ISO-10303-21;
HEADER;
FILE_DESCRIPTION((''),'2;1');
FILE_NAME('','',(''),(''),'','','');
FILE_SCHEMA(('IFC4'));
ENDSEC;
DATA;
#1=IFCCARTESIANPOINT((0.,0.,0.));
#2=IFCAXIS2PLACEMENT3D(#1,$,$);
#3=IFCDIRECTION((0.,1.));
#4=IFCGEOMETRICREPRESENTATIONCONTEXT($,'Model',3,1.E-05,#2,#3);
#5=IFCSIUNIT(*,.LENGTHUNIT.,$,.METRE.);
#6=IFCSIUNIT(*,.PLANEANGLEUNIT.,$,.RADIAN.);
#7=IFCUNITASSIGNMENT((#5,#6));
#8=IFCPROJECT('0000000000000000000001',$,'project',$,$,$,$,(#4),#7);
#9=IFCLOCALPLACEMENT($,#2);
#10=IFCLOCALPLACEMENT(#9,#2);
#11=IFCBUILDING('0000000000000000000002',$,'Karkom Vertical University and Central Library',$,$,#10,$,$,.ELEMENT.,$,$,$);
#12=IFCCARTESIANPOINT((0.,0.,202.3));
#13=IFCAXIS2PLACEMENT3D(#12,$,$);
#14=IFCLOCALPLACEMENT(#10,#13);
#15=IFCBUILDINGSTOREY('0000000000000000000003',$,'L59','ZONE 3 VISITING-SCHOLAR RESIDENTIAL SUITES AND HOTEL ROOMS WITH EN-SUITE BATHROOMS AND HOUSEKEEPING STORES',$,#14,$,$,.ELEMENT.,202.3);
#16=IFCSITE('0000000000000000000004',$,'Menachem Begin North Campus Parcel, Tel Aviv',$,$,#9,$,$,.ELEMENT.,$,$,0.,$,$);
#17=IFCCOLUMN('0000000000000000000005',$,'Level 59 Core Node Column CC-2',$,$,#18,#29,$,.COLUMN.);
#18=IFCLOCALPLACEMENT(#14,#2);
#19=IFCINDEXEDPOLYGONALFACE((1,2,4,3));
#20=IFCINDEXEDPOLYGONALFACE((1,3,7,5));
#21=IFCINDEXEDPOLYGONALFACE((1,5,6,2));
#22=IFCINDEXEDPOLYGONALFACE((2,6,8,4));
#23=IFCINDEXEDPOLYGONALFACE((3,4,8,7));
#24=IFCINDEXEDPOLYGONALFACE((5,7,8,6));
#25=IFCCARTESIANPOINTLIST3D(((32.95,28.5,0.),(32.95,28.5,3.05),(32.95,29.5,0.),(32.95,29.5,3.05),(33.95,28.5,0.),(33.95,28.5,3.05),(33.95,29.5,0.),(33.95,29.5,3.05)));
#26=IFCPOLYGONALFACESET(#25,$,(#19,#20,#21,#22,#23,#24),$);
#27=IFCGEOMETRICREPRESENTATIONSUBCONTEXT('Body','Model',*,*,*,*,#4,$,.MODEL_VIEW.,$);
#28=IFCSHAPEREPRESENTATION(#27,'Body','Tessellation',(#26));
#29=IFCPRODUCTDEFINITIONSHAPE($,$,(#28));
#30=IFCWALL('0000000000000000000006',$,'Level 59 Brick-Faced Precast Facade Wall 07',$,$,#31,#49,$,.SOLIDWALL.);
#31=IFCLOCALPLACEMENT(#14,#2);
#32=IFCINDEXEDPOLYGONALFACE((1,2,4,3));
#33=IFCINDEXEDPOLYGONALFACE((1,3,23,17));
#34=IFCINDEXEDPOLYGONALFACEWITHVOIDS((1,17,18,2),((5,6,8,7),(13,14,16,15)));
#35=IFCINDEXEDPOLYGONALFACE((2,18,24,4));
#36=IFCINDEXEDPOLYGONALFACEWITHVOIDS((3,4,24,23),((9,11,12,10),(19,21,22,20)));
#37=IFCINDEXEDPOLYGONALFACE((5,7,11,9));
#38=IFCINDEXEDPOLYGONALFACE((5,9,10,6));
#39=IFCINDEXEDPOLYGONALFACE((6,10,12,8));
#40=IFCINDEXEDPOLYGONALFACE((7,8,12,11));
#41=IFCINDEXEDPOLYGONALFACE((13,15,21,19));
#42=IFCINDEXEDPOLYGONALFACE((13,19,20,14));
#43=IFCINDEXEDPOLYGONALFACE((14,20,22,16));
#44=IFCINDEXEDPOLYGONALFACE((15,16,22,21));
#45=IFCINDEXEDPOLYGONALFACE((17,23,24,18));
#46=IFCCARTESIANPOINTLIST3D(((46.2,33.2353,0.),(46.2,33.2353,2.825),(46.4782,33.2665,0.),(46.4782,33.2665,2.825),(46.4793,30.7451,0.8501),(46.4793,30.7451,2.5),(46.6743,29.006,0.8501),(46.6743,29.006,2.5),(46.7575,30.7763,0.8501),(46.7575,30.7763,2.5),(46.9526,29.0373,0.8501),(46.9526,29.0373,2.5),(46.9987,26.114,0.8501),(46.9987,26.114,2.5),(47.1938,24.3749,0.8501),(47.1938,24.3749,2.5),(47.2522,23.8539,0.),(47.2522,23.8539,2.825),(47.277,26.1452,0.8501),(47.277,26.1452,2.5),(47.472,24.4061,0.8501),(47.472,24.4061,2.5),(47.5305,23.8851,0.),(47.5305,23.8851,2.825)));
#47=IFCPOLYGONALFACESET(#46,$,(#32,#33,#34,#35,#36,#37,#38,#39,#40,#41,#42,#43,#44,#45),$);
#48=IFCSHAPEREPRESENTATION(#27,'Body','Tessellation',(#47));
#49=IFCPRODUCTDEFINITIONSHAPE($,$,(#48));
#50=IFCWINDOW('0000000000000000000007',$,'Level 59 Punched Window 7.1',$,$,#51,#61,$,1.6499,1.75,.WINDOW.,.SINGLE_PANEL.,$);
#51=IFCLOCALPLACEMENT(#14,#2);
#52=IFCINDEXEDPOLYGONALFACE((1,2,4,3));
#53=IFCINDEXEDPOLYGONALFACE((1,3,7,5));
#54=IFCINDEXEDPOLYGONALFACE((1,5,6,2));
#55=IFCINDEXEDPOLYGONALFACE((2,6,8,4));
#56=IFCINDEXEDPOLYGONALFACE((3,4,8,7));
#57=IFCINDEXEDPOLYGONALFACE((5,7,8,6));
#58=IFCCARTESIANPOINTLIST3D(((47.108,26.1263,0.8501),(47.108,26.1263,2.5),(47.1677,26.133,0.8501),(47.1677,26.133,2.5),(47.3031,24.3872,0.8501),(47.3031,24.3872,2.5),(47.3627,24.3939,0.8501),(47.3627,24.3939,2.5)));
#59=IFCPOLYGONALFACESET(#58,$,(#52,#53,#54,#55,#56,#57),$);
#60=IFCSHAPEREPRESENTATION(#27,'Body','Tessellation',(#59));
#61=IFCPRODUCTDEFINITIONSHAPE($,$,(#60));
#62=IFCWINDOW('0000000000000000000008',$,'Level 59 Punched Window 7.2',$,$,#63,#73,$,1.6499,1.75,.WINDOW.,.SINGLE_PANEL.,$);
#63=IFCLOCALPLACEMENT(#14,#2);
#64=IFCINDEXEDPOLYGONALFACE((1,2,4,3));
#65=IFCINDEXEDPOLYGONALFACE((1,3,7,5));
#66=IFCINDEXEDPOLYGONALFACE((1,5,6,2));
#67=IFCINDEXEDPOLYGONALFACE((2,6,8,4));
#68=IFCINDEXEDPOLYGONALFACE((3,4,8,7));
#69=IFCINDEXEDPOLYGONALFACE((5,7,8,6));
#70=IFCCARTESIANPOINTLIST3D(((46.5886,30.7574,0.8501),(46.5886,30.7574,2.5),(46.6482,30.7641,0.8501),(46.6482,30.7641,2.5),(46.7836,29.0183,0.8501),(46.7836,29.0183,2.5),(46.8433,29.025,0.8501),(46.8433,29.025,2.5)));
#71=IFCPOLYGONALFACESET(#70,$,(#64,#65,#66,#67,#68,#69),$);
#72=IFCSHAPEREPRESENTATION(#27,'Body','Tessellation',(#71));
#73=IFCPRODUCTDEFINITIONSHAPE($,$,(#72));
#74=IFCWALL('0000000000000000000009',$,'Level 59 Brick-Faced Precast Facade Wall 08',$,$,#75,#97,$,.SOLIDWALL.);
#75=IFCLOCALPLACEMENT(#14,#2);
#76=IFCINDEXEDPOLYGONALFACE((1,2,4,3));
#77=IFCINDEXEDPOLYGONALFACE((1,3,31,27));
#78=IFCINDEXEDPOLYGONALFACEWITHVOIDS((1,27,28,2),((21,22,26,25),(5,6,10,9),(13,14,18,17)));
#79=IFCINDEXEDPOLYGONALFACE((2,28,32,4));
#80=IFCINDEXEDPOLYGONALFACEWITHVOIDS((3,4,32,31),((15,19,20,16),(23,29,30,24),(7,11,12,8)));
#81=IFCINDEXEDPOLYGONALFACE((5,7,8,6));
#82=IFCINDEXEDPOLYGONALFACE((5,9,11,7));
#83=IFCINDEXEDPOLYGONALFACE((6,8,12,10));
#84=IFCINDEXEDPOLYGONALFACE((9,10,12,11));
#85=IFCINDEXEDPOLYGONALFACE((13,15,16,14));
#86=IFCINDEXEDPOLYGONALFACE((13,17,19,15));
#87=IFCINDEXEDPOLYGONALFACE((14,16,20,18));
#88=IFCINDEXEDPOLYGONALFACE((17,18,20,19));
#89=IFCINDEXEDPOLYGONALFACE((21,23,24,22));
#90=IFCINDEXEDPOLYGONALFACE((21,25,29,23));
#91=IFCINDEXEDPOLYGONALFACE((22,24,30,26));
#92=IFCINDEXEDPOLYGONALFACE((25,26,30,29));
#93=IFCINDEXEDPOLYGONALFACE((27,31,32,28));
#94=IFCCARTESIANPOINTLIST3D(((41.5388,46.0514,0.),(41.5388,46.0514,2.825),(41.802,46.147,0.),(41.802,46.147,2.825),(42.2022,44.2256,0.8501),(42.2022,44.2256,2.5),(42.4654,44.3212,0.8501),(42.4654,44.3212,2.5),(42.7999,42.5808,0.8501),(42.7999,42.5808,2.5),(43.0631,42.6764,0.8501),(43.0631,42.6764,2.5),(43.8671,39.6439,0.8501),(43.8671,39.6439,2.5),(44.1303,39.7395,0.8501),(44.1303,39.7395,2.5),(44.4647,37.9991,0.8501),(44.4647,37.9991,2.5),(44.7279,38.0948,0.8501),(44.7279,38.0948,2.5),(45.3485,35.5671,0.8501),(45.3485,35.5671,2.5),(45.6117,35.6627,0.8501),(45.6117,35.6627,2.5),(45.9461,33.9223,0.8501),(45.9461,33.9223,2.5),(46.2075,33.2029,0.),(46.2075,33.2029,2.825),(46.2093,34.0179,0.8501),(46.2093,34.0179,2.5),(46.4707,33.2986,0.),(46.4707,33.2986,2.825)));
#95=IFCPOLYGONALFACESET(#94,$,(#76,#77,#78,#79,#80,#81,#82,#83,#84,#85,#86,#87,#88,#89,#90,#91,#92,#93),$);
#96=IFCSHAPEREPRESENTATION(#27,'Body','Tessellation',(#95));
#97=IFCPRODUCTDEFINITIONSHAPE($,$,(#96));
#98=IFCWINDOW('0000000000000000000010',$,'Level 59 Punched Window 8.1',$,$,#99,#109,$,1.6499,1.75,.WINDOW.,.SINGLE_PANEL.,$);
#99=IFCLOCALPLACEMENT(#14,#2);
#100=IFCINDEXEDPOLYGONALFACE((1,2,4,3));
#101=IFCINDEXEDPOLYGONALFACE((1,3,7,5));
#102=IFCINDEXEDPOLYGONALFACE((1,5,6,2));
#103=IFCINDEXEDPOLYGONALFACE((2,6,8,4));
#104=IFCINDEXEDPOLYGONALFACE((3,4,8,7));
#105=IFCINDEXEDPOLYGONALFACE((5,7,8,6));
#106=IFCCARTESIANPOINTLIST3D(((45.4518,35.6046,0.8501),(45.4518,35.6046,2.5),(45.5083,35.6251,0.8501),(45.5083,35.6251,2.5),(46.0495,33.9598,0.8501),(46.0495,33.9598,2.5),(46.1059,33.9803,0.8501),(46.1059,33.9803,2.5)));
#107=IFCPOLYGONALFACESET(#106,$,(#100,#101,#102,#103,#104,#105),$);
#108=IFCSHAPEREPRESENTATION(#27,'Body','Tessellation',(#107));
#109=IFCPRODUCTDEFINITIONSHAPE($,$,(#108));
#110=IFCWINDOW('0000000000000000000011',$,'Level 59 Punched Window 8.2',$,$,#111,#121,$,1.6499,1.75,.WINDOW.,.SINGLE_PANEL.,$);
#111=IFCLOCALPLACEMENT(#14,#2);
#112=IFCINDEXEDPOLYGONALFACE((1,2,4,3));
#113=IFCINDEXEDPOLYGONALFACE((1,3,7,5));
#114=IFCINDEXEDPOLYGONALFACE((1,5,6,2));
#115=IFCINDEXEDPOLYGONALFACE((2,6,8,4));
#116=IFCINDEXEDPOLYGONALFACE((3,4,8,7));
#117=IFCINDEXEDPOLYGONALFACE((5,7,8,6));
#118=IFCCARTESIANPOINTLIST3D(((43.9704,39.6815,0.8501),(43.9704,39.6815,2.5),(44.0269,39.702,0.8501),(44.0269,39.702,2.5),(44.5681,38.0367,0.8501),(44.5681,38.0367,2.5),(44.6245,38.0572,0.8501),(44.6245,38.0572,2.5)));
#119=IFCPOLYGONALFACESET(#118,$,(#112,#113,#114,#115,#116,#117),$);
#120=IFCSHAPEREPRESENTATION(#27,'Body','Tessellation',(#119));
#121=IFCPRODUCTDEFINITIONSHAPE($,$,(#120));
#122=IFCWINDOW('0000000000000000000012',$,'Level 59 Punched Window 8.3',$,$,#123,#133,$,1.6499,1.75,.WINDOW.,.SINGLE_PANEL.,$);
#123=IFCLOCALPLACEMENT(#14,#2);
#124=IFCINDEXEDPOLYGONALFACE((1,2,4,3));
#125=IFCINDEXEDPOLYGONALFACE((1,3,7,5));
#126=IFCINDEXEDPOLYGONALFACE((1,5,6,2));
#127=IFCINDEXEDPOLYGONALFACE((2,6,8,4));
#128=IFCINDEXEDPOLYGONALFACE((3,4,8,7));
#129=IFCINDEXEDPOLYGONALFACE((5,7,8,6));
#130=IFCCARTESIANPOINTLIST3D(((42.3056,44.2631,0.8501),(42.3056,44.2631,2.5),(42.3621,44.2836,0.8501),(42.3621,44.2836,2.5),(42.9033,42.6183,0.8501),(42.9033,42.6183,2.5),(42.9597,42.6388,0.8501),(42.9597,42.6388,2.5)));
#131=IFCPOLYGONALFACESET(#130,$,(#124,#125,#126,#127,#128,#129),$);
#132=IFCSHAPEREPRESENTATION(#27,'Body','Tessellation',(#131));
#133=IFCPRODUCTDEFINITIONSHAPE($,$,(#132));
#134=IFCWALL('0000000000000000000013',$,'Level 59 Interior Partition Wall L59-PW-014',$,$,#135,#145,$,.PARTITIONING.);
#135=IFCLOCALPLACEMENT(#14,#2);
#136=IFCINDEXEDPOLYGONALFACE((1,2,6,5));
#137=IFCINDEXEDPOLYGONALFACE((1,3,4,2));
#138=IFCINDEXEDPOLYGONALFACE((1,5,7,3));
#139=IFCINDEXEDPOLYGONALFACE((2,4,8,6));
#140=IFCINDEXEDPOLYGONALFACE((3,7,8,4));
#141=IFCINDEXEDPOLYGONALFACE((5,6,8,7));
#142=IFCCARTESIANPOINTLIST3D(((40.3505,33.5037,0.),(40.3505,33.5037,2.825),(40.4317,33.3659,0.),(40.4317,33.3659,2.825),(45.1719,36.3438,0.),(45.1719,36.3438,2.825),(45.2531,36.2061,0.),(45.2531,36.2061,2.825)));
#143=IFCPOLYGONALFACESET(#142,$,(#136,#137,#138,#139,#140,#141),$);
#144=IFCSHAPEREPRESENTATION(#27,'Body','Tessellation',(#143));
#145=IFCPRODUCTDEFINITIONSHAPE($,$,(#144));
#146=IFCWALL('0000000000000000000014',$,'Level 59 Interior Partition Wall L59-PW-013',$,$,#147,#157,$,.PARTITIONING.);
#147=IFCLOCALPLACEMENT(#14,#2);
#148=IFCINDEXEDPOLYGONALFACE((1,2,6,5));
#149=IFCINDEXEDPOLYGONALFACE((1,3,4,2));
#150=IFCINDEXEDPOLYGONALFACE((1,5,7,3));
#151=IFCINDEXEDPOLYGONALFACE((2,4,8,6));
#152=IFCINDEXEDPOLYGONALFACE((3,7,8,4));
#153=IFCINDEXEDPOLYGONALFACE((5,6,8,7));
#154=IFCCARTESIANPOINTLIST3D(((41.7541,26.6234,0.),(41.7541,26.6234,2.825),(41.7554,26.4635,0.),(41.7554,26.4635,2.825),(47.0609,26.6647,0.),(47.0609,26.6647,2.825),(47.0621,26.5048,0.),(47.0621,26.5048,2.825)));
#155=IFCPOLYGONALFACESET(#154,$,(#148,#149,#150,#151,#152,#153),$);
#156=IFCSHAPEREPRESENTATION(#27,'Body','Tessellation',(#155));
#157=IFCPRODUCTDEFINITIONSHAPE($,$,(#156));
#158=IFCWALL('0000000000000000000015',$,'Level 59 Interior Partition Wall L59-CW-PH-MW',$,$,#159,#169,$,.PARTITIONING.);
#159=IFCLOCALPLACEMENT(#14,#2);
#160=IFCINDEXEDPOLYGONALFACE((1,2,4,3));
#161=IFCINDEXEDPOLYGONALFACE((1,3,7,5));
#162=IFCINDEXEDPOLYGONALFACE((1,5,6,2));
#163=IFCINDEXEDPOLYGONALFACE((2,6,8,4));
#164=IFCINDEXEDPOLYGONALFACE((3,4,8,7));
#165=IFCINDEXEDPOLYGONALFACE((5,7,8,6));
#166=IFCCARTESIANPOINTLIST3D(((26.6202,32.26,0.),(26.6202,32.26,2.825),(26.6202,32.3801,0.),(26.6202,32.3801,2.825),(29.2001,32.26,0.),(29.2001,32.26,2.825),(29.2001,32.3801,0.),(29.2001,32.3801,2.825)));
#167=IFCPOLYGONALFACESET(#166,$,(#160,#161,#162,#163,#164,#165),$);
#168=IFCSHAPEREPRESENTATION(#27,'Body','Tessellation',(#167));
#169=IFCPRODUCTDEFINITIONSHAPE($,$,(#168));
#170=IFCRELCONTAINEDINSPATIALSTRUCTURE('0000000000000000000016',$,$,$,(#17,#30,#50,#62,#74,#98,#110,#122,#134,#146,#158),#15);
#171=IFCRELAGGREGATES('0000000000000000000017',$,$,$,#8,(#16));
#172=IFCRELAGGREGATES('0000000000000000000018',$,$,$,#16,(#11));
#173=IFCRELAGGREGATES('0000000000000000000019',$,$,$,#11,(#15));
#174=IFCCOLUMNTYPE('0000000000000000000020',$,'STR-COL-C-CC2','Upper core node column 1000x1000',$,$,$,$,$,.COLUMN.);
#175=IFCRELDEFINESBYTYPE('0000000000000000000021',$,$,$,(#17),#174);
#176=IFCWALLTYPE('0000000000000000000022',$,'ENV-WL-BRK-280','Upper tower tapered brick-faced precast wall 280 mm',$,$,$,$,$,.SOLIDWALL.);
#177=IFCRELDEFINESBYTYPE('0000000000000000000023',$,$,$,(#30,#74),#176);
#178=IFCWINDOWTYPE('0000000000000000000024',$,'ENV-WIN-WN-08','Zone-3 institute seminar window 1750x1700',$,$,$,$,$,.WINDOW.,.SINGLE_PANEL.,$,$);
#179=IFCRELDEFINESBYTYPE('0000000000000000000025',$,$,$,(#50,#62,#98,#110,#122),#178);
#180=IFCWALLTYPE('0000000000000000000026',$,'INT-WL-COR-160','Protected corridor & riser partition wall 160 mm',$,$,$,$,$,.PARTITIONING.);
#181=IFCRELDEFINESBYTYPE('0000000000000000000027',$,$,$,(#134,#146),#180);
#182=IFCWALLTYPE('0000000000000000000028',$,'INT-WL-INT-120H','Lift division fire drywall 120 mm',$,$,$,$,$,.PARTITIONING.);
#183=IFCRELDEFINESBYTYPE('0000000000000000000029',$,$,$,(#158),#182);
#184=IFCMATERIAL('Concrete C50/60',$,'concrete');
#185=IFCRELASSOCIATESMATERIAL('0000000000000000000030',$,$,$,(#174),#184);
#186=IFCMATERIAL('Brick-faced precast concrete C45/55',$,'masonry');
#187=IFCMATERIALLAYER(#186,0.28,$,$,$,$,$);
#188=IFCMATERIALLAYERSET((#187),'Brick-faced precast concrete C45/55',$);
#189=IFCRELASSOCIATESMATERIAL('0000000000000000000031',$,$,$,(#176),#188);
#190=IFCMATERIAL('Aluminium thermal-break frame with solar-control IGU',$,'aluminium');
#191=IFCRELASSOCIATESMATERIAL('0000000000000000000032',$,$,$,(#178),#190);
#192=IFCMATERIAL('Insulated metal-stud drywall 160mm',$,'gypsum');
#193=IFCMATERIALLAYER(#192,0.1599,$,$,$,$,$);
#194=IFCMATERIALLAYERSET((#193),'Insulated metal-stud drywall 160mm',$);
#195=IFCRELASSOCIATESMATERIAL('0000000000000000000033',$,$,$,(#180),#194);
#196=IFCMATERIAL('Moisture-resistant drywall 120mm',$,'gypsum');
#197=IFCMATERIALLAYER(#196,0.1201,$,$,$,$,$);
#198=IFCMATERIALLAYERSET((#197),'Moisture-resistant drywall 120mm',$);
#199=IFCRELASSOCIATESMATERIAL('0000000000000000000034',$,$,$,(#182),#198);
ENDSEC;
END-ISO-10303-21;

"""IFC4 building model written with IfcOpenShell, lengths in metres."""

from ifc_helpers import new_model, si_unit, direction, frame, frame_2d, origin, origin_with_axes, origin_2d, place, context, subcontext, project, spatial, rectangle, extrude, source, transform, mapped, material, layer, layer_set, material_profile, profile_set, type_object, element, fill, save


model = new_model("IFC4")

# Units and contexts
model_context = context("Model", 3, precision=1e-05, world=origin(), true_north=direction((0.0, 1.0)))
body_context = subcontext(model_context, "Body", "Model", "MODEL_VIEW")
ifc_project = project(units=[si_unit("LENGTHUNIT", "METRE"), si_unit("PLANEANGLEUNIT", "RADIAN")], contexts=[model_context])

# Site, building, storey
site_placement = place(None, origin())
site = spatial("IfcSite", under=ifc_project, at=site_placement, Name="Menachem Begin North Campus Parcel, Tel Aviv", CompositionType="ELEMENT", RefElevation=0.0)
building_placement = place(site_placement, origin())
building = spatial("IfcBuilding", under=site, at=building_placement, Name="Karkom Vertical University and Central Library", CompositionType="ELEMENT")
storey_placement = place(building_placement, frame((0.0, 0.0, 202.3)))
storey = spatial("IfcBuildingStorey", under=building, at=storey_placement, Name="L59", Description="ZONE 3 VISITING-SCHOLAR RESIDENTIAL SUITES AND HOTEL ROOMS WITH EN-SUITE BATHROOMS AND HOUSEKEEPING STORES", CompositionType="ELEMENT", Elevation=202.3)

# Column
ifc_material_1 = material(Name="Concrete C50/60", Category="concrete")
ifc_material_profile = material_profile(ifc_material_1, rectangle(XDim=1.0, YDim=1.0, at=origin_2d()), Name="RC-1000x1000")
ifc_profile_set = profile_set([ifc_material_profile], Name="Concrete C50/60")
column_type = type_object("IfcColumnType", Name="STR-COL-C-CC2", Description="Upper core node column 1000x1000", PredefinedType="COLUMN", material=ifc_profile_set)
shared_shape_1 = source(origin_with_axes(), body_context, "Body", "SweptSolid", [
    extrude(rectangle(XDim=1.0, YDim=1.0, at=origin_2d()), origin(), (0.0, 0.0, 1.0), 3.05),
])
column_placement = place(storey_placement, frame((33.45, 29.0, 0.0), z_axis=(0.0, 0.0, 1.0), x_axis=(1.0, 0.0, 0.0)))
element("IfcColumn", 1, at=column_placement, inside=storey, type_object=column_type, Name="Level 59 Core Node Column CC-2", PredefinedType="COLUMN", context=body_context, shape_type="MappedRepresentation", body=[
    mapped(shared_shape_1, transform((0.0, 0.0, 0.0), scale=1.0)),
])

# Walls, openings, windows
ifc_material_2 = material(Name="Brick-faced precast concrete C45/55", Category="masonry")
ifc_layer_1 = layer(ifc_material_2, 0.28)
ifc_layer_set_1 = layer_set([ifc_layer_1], Name="Brick-faced precast concrete C45/55")
wall_type_1 = type_object("IfcWallType", Name="ENV-WL-BRK-280", Description="Upper tower tapered brick-faced precast wall 280 mm", PredefinedType="SOLIDWALL", material=ifc_layer_set_1)
wall_1_placement = place(storey_placement, frame((47.3914, 23.8694, 0.0), z_axis=(0.0, 0.0, 1.0), x_axis=(-0.111465, 0.993768, 0.0)))
wall_1 = element("IfcWall", 2, at=wall_1_placement, inside=storey, type_object=wall_type_1, Name="Level 59 Brick-Faced Precast Facade Wall 07", PredefinedType="SOLIDWALL", context=body_context, shape_type="SweptSolid", body=[
    extrude(rectangle(XDim=9.4402, YDim=0.28, at=frame_2d((4.7202, 0.0))), origin(), (0.0, 0.0, 1.0), 2.825),
])
opening_1_placement = place(wall_1_placement, frame((0.5244, 0.0, 0.8501)))
opening_1 = element("IfcOpeningElement", 3, at=opening_1_placement, cuts=wall_1, PredefinedType="OPENING", context=body_context, shape_type="SweptSolid", body=[
    extrude(rectangle(XDim=1.75, YDim=1.6499, at=frame_2d((0.875, 0.825))), frame((0.0, 0.1499, 0.0), z_axis=(0.0, -1.0, 0.0), x_axis=(1.0, 0.0, 0.0)), (0.0, 0.0, 1.0), 0.3),
])
opening_2_placement = place(wall_1_placement, frame((5.1846, 0.0, 0.8501)))
opening_2 = element("IfcOpeningElement", 4, at=opening_2_placement, cuts=wall_1, PredefinedType="OPENING", context=body_context, shape_type="SweptSolid", body=[
    extrude(rectangle(XDim=1.75, YDim=1.6499, at=frame_2d((0.875, 0.825))), frame((0.0, 0.1499, 0.0), z_axis=(0.0, -1.0, 0.0), x_axis=(1.0, 0.0, 0.0)), (0.0, 0.0, 1.0), 0.3),
])
ifc_material_3 = material(Name="Aluminium thermal-break frame with solar-control IGU", Category="aluminium")
window_type = type_object("IfcWindowType", Name="ENV-WIN-WN-08", Description="Zone-3 institute seminar window 1750x1700", PartitioningType="SINGLE_PANEL", PredefinedType="WINDOW", material=ifc_material_3)
shared_shape_2 = source(origin_with_axes(), body_context, "Body", "SweptSolid", [
    extrude(rectangle(XDim=1.75, YDim=1.6499, at=frame_2d((0.875, 0.825))), frame((0.0, 0.03, 0.0), z_axis=(0.0, -1.0, 0.0), x_axis=(1.0, 0.0, 0.0)), (0.0, 0.0, 1.0), 0.0601),
])
window_1_placement = place(opening_1_placement, origin())
window_1 = element("IfcWindow", 5, at=window_1_placement, inside=storey, type_object=window_type, Name="Level 59 Punched Window 7.1", OverallHeight=1.6499, OverallWidth=1.75, PartitioningType="SINGLE_PANEL", PredefinedType="WINDOW", context=body_context, shape_type="MappedRepresentation", body=[
    mapped(shared_shape_2, transform((0.0, 0.0, 0.0), scale=1.0)),
])
fill(opening_1, window_1)
window_2_placement = place(opening_2_placement, origin())
window_2 = element("IfcWindow", 6, at=window_2_placement, inside=storey, type_object=window_type, Name="Level 59 Punched Window 7.2", OverallHeight=1.6499, OverallWidth=1.75, PartitioningType="SINGLE_PANEL", PredefinedType="WINDOW", context=body_context, shape_type="MappedRepresentation", body=[
    mapped(shared_shape_2, transform((0.0, 0.0, 0.0), scale=1.0)),
])
fill(opening_2, window_2)
wall_2_placement = place(storey_placement, frame((46.3391, 33.2507, 0.0), z_axis=(0.0, 0.0, 1.0), x_axis=(-0.341521, 0.939874, 0.0)))
wall_2 = element("IfcWall", 7, at=wall_2_placement, inside=storey, type_object=wall_type_1, Name="Level 59 Brick-Faced Precast Facade Wall 08", PredefinedType="SOLIDWALL", context=body_context, shape_type="SweptSolid", body=[
    extrude(rectangle(XDim=13.6704, YDim=0.28, at=frame_2d((6.8352, 0.0))), origin(), (0.0, 0.0, 1.0), 2.825),
])
opening_3_placement = place(wall_2_placement, frame((0.7654, 0.0, 0.8501)))
opening_3 = element("IfcOpeningElement", 8, at=opening_3_placement, cuts=wall_2, PredefinedType="OPENING", context=body_context, shape_type="SweptSolid", body=[
    extrude(rectangle(XDim=1.75, YDim=1.6499, at=frame_2d((0.875, 0.825))), frame((0.0, 0.1499, 0.0), z_axis=(0.0, -1.0, 0.0), x_axis=(1.0, 0.0, 0.0)), (0.0, 0.0, 1.0), 0.3),
])
opening_4_placement = place(wall_2_placement, frame((5.103, 0.0, 0.8501)))
opening_4 = element("IfcOpeningElement", 9, at=opening_4_placement, cuts=wall_2, PredefinedType="OPENING", context=body_context, shape_type="SweptSolid", body=[
    extrude(rectangle(XDim=1.75, YDim=1.6499, at=frame_2d((0.875, 0.825))), frame((0.0, 0.1499, 0.0), z_axis=(0.0, -1.0, 0.0), x_axis=(1.0, 0.0, 0.0)), (0.0, 0.0, 1.0), 0.3),
])
opening_5_placement = place(wall_2_placement, frame((9.9778, 0.0, 0.8501)))
opening_5 = element("IfcOpeningElement", 10, at=opening_5_placement, cuts=wall_2, PredefinedType="OPENING", context=body_context, shape_type="SweptSolid", body=[
    extrude(rectangle(XDim=1.75, YDim=1.6499, at=frame_2d((0.875, 0.825))), frame((0.0, 0.1499, 0.0), z_axis=(0.0, -1.0, 0.0), x_axis=(1.0, 0.0, 0.0)), (0.0, 0.0, 1.0), 0.3),
])
window_3_placement = place(opening_3_placement, origin())
window_3 = element("IfcWindow", 11, at=window_3_placement, inside=storey, type_object=window_type, Name="Level 59 Punched Window 8.1", OverallHeight=1.6499, OverallWidth=1.75, PartitioningType="SINGLE_PANEL", PredefinedType="WINDOW", context=body_context, shape_type="MappedRepresentation", body=[
    mapped(shared_shape_2, transform((0.0, 0.0, 0.0), scale=1.0)),
])
fill(opening_3, window_3)
window_4_placement = place(opening_4_placement, origin())
window_4 = element("IfcWindow", 12, at=window_4_placement, inside=storey, type_object=window_type, Name="Level 59 Punched Window 8.2", OverallHeight=1.6499, OverallWidth=1.75, PartitioningType="SINGLE_PANEL", PredefinedType="WINDOW", context=body_context, shape_type="MappedRepresentation", body=[
    mapped(shared_shape_2, transform((0.0, 0.0, 0.0), scale=1.0)),
])
fill(opening_4, window_4)
window_5_placement = place(opening_5_placement, origin())
window_5 = element("IfcWindow", 13, at=window_5_placement, inside=storey, type_object=window_type, Name="Level 59 Punched Window 8.3", OverallHeight=1.6499, OverallWidth=1.75, PartitioningType="SINGLE_PANEL", PredefinedType="WINDOW", context=body_context, shape_type="MappedRepresentation", body=[
    mapped(shared_shape_2, transform((0.0, 0.0, 0.0), scale=1.0)),
])
fill(opening_5, window_5)

# Walls
ifc_material_4 = material(Name="Insulated metal-stud drywall 160mm", Category="gypsum")
ifc_layer_2 = layer(ifc_material_4, 0.1599)
ifc_layer_set_2 = layer_set([ifc_layer_2], Name="Insulated metal-stud drywall 160mm")
wall_type_2 = type_object("IfcWallType", Name="INT-WL-COR-160", Description="Protected corridor & riser partition wall 160 mm", PredefinedType="PARTITIONING", material=ifc_layer_set_2)
wall_3_placement = place(storey_placement, frame((40.3911, 33.4348, 0.0), z_axis=(0.0, 0.0, 1.0), x_axis=(0.861619, 0.507556, 0.0)))
element("IfcWall", 14, at=wall_3_placement, inside=storey, type_object=wall_type_2, Name="Level 59 Interior Partition Wall L59-PW-014", PredefinedType="PARTITIONING", context=body_context, shape_type="SweptSolid", body=[
    extrude(rectangle(XDim=5.5957, YDim=0.1599, at=frame_2d((2.7979, 0.0))), origin(), (0.0, 0.0, 1.0), 2.825),
])
wall_4_placement = place(storey_placement, frame((41.7549, 26.5435, 0.0), z_axis=(0.0, 0.0, 1.0), x_axis=(0.99997, 0.007775, 0.0)))
element("IfcWall", 15, at=wall_4_placement, inside=storey, type_object=wall_type_2, Name="Level 59 Interior Partition Wall L59-PW-013", PredefinedType="PARTITIONING", context=body_context, shape_type="SweptSolid", body=[
    extrude(rectangle(XDim=5.3069, YDim=0.1599, at=frame_2d((2.6533, 0.0))), origin(), (0.0, 0.0, 1.0), 2.825),
])
ifc_material_5 = material(Name="Moisture-resistant drywall 120mm", Category="gypsum")
ifc_layer_3 = layer(ifc_material_5, 0.1201)
ifc_layer_set_3 = layer_set([ifc_layer_3], Name="Moisture-resistant drywall 120mm")
wall_type_3 = type_object("IfcWallType", Name="INT-WL-INT-120H", Description="Lift division fire drywall 120 mm", PredefinedType="PARTITIONING", material=ifc_layer_set_3)
wall_5_placement = place(storey_placement, frame((26.6201, 32.3201, 0.0), z_axis=(0.0, 0.0, 1.0), x_axis=(1.0, 0.0, 0.0)))
element("IfcWall", 16, at=wall_5_placement, inside=storey, type_object=wall_type_3, Name="Level 59 Interior Partition Wall L59-CW-PH-MW", PredefinedType="PARTITIONING", context=body_context, shape_type="SweptSolid", body=[
    extrude(rectangle(XDim=2.5798, YDim=0.1201, at=frame_2d((1.29, 0.0))), origin(), (0.0, 0.0, 1.0), 2.825),
])

save(model, "model.ifc")
